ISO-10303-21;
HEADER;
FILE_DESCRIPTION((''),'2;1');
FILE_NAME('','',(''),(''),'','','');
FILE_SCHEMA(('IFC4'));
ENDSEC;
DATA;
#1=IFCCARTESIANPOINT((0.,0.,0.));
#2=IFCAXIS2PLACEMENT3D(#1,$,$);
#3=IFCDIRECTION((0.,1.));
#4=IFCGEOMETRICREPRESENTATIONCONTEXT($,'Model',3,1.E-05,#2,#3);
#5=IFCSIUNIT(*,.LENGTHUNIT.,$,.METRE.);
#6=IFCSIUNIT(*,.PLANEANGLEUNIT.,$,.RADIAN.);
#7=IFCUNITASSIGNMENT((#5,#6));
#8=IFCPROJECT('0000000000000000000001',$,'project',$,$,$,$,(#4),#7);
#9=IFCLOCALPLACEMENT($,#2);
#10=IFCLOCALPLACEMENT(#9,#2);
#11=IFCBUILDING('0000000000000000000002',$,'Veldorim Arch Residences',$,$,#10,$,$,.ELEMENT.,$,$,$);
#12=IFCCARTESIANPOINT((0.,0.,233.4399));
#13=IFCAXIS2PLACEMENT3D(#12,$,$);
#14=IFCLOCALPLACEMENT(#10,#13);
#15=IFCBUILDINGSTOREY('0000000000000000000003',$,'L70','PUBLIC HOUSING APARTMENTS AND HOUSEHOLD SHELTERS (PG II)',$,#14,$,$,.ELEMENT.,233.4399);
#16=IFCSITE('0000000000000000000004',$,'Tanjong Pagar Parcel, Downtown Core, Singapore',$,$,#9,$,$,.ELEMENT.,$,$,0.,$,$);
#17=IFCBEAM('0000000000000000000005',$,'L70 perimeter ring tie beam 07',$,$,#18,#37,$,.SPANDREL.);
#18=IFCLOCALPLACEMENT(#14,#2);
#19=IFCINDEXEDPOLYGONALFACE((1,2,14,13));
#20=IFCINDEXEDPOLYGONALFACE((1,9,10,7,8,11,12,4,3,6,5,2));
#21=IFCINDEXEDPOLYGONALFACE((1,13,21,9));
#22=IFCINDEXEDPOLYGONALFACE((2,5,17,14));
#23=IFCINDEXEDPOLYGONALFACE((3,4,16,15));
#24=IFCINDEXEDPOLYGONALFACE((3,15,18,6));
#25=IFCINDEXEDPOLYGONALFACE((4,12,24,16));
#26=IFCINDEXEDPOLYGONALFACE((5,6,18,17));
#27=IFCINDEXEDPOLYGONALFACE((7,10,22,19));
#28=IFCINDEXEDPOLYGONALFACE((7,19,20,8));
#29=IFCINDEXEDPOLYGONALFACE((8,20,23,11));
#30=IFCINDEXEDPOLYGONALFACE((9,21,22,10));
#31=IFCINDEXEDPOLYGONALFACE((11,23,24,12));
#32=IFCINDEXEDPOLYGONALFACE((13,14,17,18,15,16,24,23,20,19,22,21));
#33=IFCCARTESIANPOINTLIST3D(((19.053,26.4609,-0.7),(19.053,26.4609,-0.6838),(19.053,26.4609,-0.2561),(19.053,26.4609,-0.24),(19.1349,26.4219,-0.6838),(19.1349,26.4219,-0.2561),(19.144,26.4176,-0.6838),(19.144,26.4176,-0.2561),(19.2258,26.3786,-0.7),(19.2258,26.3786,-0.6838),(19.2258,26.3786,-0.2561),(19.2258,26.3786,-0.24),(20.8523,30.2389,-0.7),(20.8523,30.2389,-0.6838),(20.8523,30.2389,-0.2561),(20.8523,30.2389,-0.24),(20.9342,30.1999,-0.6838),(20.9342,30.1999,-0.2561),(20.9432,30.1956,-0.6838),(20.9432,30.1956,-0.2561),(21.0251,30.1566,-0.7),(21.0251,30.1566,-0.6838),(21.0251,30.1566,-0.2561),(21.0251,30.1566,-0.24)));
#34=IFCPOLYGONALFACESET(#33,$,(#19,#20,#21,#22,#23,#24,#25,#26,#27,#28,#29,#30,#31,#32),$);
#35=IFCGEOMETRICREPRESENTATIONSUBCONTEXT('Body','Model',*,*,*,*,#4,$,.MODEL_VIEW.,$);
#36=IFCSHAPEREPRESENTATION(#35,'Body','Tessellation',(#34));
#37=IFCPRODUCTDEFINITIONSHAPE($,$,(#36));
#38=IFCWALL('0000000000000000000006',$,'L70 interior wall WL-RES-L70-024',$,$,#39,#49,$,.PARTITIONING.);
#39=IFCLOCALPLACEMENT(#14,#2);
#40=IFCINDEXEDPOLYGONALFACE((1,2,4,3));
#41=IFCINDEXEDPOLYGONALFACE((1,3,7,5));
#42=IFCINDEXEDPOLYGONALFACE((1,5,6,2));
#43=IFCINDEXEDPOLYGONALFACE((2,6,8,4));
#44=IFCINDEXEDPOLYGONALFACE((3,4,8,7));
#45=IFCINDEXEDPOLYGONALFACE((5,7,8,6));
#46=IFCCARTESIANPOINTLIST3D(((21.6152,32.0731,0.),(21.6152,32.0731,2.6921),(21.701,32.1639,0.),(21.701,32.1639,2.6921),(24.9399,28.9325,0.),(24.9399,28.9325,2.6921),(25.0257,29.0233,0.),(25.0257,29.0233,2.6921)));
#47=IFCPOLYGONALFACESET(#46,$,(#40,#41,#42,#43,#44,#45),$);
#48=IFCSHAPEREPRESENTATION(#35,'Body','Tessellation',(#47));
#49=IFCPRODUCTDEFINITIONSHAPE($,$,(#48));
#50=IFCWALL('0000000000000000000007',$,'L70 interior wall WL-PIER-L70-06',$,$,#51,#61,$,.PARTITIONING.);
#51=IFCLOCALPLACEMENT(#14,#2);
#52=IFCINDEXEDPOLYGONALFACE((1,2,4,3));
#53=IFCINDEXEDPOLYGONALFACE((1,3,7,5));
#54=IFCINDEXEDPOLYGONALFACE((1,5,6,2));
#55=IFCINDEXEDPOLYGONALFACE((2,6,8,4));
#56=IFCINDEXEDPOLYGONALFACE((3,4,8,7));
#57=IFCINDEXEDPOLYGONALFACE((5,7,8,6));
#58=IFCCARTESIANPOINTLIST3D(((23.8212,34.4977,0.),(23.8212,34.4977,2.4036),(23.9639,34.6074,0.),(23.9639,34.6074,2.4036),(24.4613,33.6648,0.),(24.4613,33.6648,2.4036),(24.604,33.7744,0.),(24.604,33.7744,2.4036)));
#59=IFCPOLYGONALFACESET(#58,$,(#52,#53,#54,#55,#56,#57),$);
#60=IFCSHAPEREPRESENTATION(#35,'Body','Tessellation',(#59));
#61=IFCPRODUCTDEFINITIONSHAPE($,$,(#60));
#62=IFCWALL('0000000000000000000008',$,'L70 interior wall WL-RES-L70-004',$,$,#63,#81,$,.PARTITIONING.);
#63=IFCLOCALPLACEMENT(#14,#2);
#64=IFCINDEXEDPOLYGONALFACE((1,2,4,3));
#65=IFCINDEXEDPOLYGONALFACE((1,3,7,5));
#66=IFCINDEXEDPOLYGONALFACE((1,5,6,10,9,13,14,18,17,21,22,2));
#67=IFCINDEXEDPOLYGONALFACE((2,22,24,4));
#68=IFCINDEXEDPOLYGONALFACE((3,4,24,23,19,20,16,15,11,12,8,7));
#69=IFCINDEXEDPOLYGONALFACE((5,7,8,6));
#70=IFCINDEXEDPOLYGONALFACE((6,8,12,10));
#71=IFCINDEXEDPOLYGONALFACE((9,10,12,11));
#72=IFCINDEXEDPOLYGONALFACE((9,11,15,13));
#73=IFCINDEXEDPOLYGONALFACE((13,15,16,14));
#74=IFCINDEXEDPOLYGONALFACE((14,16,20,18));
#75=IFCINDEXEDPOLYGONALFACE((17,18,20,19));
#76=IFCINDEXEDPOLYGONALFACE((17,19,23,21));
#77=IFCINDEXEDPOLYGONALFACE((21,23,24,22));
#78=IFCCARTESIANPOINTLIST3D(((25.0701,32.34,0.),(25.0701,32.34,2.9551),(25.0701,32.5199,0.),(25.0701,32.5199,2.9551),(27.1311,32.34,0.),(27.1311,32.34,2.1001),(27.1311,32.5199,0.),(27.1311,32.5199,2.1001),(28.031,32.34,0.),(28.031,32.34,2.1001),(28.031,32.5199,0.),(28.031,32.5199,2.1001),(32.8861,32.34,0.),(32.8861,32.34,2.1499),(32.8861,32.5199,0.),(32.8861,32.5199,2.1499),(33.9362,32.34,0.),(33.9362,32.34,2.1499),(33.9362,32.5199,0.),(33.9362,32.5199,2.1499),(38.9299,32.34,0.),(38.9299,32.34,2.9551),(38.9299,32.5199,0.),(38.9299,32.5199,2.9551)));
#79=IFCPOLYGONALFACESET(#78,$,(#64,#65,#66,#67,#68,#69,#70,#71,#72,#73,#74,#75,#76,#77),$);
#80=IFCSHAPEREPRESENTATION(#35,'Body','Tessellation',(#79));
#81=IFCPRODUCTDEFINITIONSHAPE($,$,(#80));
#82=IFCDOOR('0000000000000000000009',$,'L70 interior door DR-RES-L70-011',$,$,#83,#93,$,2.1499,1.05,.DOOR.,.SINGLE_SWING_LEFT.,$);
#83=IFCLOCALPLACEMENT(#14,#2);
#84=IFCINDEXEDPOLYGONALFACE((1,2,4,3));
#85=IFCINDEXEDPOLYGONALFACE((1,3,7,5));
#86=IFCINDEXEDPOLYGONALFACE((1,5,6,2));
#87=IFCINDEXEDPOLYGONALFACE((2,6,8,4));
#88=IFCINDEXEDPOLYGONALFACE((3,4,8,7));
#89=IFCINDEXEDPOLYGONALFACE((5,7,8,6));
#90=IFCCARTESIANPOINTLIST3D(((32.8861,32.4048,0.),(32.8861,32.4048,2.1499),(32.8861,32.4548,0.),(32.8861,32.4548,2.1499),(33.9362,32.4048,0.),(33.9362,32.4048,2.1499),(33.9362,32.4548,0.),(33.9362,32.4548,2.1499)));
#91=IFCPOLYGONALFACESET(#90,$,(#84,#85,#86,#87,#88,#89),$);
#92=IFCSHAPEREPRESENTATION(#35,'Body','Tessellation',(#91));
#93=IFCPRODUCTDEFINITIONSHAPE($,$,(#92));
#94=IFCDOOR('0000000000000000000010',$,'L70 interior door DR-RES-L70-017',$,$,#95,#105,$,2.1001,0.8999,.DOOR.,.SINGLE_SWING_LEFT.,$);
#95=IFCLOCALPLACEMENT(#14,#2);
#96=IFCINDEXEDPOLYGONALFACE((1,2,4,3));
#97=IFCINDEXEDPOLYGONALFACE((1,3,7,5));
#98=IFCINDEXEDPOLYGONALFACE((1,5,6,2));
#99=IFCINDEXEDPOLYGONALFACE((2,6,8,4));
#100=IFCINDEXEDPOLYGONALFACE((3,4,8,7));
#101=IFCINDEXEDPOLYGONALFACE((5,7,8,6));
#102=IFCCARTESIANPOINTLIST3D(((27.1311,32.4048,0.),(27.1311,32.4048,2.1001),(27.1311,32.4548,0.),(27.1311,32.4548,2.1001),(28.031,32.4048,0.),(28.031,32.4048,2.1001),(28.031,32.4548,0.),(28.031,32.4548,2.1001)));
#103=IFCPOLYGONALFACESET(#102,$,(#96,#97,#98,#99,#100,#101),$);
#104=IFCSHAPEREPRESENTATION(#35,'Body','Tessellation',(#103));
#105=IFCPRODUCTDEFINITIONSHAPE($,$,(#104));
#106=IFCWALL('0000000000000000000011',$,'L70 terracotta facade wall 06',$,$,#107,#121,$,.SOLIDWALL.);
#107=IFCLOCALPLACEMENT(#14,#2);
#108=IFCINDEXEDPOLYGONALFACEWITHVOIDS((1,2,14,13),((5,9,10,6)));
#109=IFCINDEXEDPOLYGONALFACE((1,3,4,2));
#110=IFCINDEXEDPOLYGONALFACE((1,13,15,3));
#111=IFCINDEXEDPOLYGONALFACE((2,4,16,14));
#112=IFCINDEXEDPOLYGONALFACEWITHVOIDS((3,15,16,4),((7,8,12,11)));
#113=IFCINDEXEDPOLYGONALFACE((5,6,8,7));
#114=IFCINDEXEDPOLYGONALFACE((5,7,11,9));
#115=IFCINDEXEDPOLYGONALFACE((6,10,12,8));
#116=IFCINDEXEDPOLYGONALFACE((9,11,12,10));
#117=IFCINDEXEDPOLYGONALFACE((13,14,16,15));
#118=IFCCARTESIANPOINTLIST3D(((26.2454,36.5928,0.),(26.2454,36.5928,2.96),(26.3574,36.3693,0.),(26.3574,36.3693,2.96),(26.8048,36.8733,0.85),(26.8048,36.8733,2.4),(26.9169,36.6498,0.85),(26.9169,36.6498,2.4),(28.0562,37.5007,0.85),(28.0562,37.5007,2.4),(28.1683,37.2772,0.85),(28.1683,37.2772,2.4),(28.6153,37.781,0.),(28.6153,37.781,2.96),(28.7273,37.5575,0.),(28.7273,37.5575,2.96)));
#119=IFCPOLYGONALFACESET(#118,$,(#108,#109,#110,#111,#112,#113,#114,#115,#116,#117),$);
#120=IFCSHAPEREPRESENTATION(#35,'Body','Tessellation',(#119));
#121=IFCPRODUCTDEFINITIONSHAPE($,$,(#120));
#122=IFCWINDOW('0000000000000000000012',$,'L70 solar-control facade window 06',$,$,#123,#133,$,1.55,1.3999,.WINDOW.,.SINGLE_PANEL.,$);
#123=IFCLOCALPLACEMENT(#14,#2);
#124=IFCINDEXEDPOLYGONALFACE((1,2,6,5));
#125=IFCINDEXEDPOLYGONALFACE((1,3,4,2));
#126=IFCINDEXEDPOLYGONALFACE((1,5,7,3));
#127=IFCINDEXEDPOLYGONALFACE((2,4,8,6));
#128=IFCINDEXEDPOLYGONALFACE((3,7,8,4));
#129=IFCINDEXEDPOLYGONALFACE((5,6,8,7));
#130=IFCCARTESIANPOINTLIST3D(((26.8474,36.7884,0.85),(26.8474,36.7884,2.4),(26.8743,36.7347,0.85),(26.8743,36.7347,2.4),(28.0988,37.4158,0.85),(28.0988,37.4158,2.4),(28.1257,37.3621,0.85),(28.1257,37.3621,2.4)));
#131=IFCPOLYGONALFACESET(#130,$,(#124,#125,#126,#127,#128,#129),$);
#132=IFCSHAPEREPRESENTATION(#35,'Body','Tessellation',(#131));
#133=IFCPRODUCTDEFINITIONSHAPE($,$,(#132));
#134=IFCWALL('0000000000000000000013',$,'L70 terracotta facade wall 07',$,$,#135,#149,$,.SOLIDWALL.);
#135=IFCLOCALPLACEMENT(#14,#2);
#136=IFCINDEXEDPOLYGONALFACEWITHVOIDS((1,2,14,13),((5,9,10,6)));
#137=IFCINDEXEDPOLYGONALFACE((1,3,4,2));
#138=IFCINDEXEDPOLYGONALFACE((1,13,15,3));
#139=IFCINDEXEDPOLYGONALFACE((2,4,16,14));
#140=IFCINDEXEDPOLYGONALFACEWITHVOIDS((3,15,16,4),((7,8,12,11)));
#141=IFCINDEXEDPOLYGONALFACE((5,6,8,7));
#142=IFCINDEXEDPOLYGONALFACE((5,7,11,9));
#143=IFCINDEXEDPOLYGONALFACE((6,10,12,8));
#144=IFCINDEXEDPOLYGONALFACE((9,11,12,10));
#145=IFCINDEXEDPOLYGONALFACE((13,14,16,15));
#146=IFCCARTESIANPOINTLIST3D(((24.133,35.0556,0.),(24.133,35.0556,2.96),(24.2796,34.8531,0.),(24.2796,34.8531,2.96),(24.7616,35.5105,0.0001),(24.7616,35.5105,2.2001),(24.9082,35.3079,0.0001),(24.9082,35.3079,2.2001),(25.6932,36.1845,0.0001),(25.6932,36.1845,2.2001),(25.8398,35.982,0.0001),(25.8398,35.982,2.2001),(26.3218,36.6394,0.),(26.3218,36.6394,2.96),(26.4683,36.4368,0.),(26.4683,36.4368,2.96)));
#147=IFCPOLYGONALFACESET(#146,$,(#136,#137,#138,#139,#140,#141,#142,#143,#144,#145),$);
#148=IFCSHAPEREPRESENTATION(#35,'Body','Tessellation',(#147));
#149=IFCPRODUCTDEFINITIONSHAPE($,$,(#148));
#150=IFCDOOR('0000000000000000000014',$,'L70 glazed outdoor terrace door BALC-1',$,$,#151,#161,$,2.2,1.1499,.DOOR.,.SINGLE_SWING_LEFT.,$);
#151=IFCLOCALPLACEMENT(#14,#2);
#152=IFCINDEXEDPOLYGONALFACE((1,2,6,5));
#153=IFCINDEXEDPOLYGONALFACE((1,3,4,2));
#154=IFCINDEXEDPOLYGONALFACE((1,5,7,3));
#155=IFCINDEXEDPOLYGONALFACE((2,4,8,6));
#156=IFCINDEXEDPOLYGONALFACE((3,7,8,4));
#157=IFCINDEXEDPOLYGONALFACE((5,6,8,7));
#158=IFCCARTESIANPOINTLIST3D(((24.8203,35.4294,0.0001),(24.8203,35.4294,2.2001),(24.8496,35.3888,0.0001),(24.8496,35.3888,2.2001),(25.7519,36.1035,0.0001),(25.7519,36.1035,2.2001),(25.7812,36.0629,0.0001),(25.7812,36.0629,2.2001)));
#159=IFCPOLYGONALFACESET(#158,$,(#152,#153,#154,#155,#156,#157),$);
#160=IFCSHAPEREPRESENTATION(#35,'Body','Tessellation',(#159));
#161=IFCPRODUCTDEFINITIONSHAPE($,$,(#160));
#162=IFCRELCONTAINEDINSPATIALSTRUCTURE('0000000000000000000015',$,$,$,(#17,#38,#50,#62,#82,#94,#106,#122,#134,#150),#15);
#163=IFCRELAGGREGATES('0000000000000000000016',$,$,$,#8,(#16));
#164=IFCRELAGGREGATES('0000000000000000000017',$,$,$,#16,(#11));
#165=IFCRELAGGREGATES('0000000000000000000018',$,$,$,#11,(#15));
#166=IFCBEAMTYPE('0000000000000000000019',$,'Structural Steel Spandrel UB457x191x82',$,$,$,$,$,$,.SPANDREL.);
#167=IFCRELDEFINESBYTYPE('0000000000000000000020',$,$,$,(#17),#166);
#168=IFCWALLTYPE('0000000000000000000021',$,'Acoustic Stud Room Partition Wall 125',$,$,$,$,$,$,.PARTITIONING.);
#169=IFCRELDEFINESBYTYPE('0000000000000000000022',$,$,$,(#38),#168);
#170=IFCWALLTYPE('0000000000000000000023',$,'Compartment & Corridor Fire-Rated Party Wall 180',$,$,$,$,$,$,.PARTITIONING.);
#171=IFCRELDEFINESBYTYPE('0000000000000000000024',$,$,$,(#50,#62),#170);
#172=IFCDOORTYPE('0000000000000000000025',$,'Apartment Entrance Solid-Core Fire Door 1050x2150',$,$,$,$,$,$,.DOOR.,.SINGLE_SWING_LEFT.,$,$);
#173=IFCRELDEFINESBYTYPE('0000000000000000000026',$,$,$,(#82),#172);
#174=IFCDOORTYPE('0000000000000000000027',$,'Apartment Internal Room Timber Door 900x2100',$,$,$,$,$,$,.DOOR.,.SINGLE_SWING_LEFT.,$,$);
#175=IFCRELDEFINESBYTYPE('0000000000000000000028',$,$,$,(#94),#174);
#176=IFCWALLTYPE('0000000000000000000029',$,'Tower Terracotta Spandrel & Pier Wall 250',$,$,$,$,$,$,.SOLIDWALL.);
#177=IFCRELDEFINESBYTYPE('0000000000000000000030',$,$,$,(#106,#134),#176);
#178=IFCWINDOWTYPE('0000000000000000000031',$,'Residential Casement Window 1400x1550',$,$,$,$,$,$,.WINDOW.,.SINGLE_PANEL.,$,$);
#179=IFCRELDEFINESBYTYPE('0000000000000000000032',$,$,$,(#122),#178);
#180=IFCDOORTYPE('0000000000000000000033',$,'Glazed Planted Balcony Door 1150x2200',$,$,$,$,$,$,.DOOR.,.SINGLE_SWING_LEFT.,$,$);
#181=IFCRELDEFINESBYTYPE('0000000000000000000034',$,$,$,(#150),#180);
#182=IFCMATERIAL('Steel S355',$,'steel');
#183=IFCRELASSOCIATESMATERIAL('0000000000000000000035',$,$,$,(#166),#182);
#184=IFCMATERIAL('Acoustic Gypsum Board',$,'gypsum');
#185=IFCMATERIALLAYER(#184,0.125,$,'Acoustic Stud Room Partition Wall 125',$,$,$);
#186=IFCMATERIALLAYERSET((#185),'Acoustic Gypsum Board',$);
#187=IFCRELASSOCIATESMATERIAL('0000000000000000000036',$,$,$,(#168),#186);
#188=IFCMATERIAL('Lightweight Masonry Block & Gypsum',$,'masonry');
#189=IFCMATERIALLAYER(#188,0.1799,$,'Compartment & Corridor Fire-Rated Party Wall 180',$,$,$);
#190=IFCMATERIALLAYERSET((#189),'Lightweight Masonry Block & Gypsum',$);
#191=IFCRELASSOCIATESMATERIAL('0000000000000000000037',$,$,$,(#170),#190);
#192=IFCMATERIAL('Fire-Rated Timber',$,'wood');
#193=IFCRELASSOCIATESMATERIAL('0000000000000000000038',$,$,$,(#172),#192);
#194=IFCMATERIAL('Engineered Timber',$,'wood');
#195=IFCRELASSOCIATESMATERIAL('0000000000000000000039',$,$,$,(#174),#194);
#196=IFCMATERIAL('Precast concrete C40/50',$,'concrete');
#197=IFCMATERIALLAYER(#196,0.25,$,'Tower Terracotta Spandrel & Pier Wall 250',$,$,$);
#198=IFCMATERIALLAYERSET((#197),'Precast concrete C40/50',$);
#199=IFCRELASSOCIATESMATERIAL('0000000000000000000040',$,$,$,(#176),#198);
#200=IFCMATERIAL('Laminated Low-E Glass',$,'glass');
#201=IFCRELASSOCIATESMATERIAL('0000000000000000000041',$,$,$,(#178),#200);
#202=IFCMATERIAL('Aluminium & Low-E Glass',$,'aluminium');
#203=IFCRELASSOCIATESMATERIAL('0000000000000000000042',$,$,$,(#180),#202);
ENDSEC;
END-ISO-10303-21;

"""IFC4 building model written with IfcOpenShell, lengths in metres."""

from ifc_helpers import new_model, si_unit, direction, frame, frame_2d, origin, origin_2d, place, context, subcontext, project, spatial, rectangle, i_section, extrude, material, layer, layer_set, material_profile, profile_set, type_object, element, fill, save


model = new_model("IFC4")

# Units and contexts
model_context = context("Model", 3, precision=1e-05, world=origin(), true_north=direction((0.0, 1.0)))
body_context = subcontext(model_context, "Body", "Model", "MODEL_VIEW")
ifc_project = project(units=[si_unit("LENGTHUNIT", "METRE"), si_unit("PLANEANGLEUNIT", "RADIAN")], contexts=[model_context])

# Site, building, storey
site_placement = place(None, origin())
site = spatial("IfcSite", under=ifc_project, at=site_placement, Name="Tanjong Pagar Parcel, Downtown Core, Singapore", CompositionType="ELEMENT", RefElevation=0.0)
building_placement = place(site_placement, origin())
building = spatial("IfcBuilding", under=site, at=building_placement, Name="Veldorim Arch Residences", CompositionType="ELEMENT")
storey_placement = place(building_placement, frame((0.0, 0.0, 233.4399)))
storey = spatial("IfcBuildingStorey", under=building, at=storey_placement, Name="L70", Description="PUBLIC HOUSING APARTMENTS AND HOUSEHOLD SHELTERS (PG II)", CompositionType="ELEMENT", Elevation=233.4399)

# Beam
ifc_material_1 = material(Name="Steel S355", Category="steel")
ifc_material_profile_1 = material_profile(ifc_material_1, i_section(OverallWidth=0.1914, OverallDepth=0.46, WebThickness=0.01, FlangeThickness=0.0161, at=origin_2d()), Name="UB457x191x82")
ifc_profile_set_1 = profile_set([ifc_material_profile_1], Name="Steel S355")
beam_type_1 = type_object("IfcBeamType", Name="Structural Steel Spandrel UB457x191x82", PredefinedType="SPANDREL", material=ifc_profile_set_1)
beam_1_placement = place(storey_placement, frame((20.9387, 30.1978, -0.47), z_axis=(-0.429979, -0.902839, 0.0), x_axis=(0.902839, -0.429979, 0.0)))
element("IfcBeam", 1, at=beam_1_placement, inside=storey, type_object=beam_type_1, Name="L70 perimeter ring tie beam 07", PredefinedType="SPANDREL", context=body_context, shape_type="SweptSolid", body=[
    extrude(i_section(OverallWidth=0.1914, OverallDepth=0.46, WebThickness=0.01, FlangeThickness=0.0161, at=origin_2d()), origin(), (0.0, 0.0, 1.0), 4.1846),
])

# Walls
ifc_material_2 = material(Name="Acoustic Gypsum Board", Category="gypsum")
ifc_layer_1 = layer(ifc_material_2, 0.125, Name="Acoustic Stud Room Partition Wall 125")
ifc_layer_set_1 = layer_set([ifc_layer_1], Name="Acoustic Gypsum Board")
wall_type_1 = type_object("IfcWallType", Name="Acoustic Stud Room Partition Wall 125", PredefinedType="PARTITIONING", material=ifc_layer_set_1)
wall_1_placement = place(storey_placement, frame((21.6582, 32.1184, 0.0), z_axis=(0.0, 0.0, 1.0), x_axis=(0.726945, -0.686696, 0.0)))
element("IfcWall", 2, at=wall_1_placement, inside=storey, type_object=wall_type_1, Name="L70 interior wall WL-RES-L70-024", PredefinedType="PARTITIONING", context=body_context, shape_type="SweptSolid", body=[
    extrude(rectangle(XDim=4.5735, YDim=0.125, at=frame_2d((2.2866, 0.0))), origin(), (0.0, 0.0, 1.0), 2.6921),
])
ifc_material_3 = material(Name="Lightweight Masonry Block & Gypsum", Category="masonry")
ifc_layer_2 = layer(ifc_material_3, 0.1799, Name="Compartment & Corridor Fire-Rated Party Wall 180")
ifc_layer_set_2 = layer_set([ifc_layer_2], Name="Lightweight Masonry Block & Gypsum")
wall_type_2 = type_object("IfcWallType", Name="Compartment & Corridor Fire-Rated Party Wall 180", PredefinedType="PARTITIONING", material=ifc_layer_set_2)
wall_2_placement = place(storey_placement, frame((24.5327, 33.7195, 0.0), z_axis=(0.0, 0.0, 1.0), x_axis=(-0.609329, 0.792918, 0.0)))
element("IfcWall", 3, at=wall_2_placement, inside=storey, type_object=wall_type_2, Name="L70 interior wall WL-PIER-L70-06", PredefinedType="PARTITIONING", context=body_context, shape_type="SweptSolid", body=[
    extrude(rectangle(XDim=1.0505, YDim=0.1799, at=frame_2d((0.5254, 0.0))), origin(), (0.0, 0.0, 1.0), 2.4036),
])

# Wall, openings, doors
wall_3_placement = place(storey_placement, frame((25.0701, 32.4299, 0.0), z_axis=(0.0, 0.0, 1.0), x_axis=(1.0, 0.0, 0.0)))
wall_3 = element("IfcWall", 4, at=wall_3_placement, inside=storey, type_object=wall_type_2, Name="L70 interior wall WL-RES-L70-004", PredefinedType="PARTITIONING", context=body_context, shape_type="SweptSolid", body=[
    extrude(rectangle(XDim=13.8599, YDim=0.1799, at=frame_2d((6.9299, 0.0))), origin(), (0.0, 0.0, 1.0), 2.9551),
])
opening_1_placement = place(wall_3_placement, frame((7.8162, 0.0, 0.0)))
opening_1 = element("IfcOpeningElement", 5, at=opening_1_placement, cuts=wall_3, PredefinedType="OPENING", context=body_context, shape_type="SweptSolid", body=[
    extrude(rectangle(XDim=1.05, YDim=2.1499, at=frame_2d((0.5249, 1.075))), frame((0.0, 0.0999, 0.0), z_axis=(0.0, -1.0, 0.0), x_axis=(1.0, 0.0, 0.0)), (0.0, 0.0, 1.0), 0.2),
])
opening_2_placement = place(wall_3_placement, frame((2.061, 0.0, 0.0)))
opening_2 = element("IfcOpeningElement", 6, at=opening_2_placement, cuts=wall_3, PredefinedType="OPENING", context=body_context, shape_type="SweptSolid", body=[
    extrude(rectangle(XDim=0.8999, YDim=2.1001, at=frame_2d((0.45, 1.05))), frame((0.0, 0.0999, 0.0), z_axis=(0.0, -1.0, 0.0), x_axis=(1.0, 0.0, 0.0)), (0.0, 0.0, 1.0), 0.2),
])
ifc_material_4 = material(Name="Fire-Rated Timber", Category="wood")
door_type_1 = type_object("IfcDoorType", Name="Apartment Entrance Solid-Core Fire Door 1050x2150", OperationType="SINGLE_SWING_LEFT", PredefinedType="DOOR", material=ifc_material_4)
door_1_placement = place(opening_1_placement, origin())
door_1 = element("IfcDoor", 7, at=door_1_placement, inside=storey, type_object=door_type_1, Name="L70 interior door DR-RES-L70-011", OperationType="SINGLE_SWING_LEFT", OverallHeight=2.1499, OverallWidth=1.05, PredefinedType="DOOR", context=body_context, shape_type="SweptSolid", body=[
    extrude(rectangle(XDim=1.05, YDim=2.1499, at=frame_2d((0.5249, 1.075))), frame((0.0, 0.0249, 0.0), z_axis=(0.0, -1.0, 0.0), x_axis=(1.0, 0.0, 0.0)), (0.0, 0.0, 1.0), 0.05),
])
fill(opening_1, door_1)
ifc_material_5 = material(Name="Engineered Timber", Category="wood")
door_type_2 = type_object("IfcDoorType", Name="Apartment Internal Room Timber Door 900x2100", OperationType="SINGLE_SWING_LEFT", PredefinedType="DOOR", material=ifc_material_5)
door_2_placement = place(opening_2_placement, origin())
door_2 = element("IfcDoor", 8, at=door_2_placement, inside=storey, type_object=door_type_2, Name="L70 interior door DR-RES-L70-017", OperationType="SINGLE_SWING_LEFT", OverallHeight=2.1001, OverallWidth=0.8999, PredefinedType="DOOR", context=body_context, shape_type="SweptSolid", body=[
    extrude(rectangle(XDim=0.8999, YDim=2.1001, at=frame_2d((0.45, 1.05))), frame((0.0, 0.0249, 0.0), z_axis=(0.0, -1.0, 0.0), x_axis=(1.0, 0.0, 0.0)), (0.0, 0.0, 1.0), 0.05),
])
fill(opening_2, door_2)

# Wall, opening, window
ifc_material_6 = material(Name="Precast concrete C40/50", Category="concrete")
ifc_layer_3 = layer(ifc_material_6, 0.25, Name="Tower Terracotta Spandrel & Pier Wall 250")
ifc_layer_set_3 = layer_set([ifc_layer_3], Name="Precast concrete C40/50")
wall_type_3 = type_object("IfcWallType", Name="Tower Terracotta Spandrel & Pier Wall 250", PredefinedType="SOLIDWALL", material=ifc_layer_set_3)
wall_4_placement = place(storey_placement, frame((26.3013, 36.481, 0.0), z_axis=(0.0, 0.0, 1.0), x_axis=(0.893929, 0.448208, 0.0)))
wall_4 = element("IfcWall", 9, at=wall_4_placement, inside=storey, type_object=wall_type_3, Name="L70 terracotta facade wall 06", PredefinedType="SOLIDWALL", context=body_context, shape_type="SweptSolid", body=[
    extrude(rectangle(XDim=2.6511, YDim=0.25, at=frame_2d((1.3257, 0.0))), origin(), (0.0, 0.0, 1.0), 2.96),
])
opening_3_placement = place(wall_4_placement, frame((0.626, 0.0, 0.8501)))
opening_3 = element("IfcOpeningElement", 10, at=opening_3_placement, cuts=wall_4, PredefinedType="OPENING", context=body_context, shape_type="SweptSolid", body=[
    extrude(rectangle(XDim=1.3999, YDim=1.55, at=frame_2d((0.7, 0.7749))), frame((0.0, 0.135, 0.0), z_axis=(0.0, -1.0, 0.0), x_axis=(1.0, 0.0, 0.0)), (0.0, 0.0, 1.0), 0.27),
])
ifc_material_7 = material(Name="Laminated Low-E Glass", Category="glass")
window_type_1 = type_object("IfcWindowType", Name="Residential Casement Window 1400x1550", PartitioningType="SINGLE_PANEL", PredefinedType="WINDOW", material=ifc_material_7)
window_1_placement = place(opening_3_placement, origin())
window_1 = element("IfcWindow", 11, at=window_1_placement, inside=storey, type_object=window_type_1, Name="L70 solar-control facade window 06", OverallHeight=1.55, OverallWidth=1.3999, PartitioningType="SINGLE_PANEL", PredefinedType="WINDOW", context=body_context, shape_type="SweptSolid", body=[
    extrude(rectangle(XDim=1.3999, YDim=1.55, at=frame_2d((0.7, 0.7749))), frame((0.0, 0.03, 0.0), z_axis=(0.0, -1.0, 0.0), x_axis=(1.0, 0.0, 0.0)), (0.0, 0.0, 1.0), 0.0601),
])
fill(opening_3, window_1)

# Wall, opening, door
wall_5_placement = place(storey_placement, frame((24.2063, 34.9543, 0.0), z_axis=(0.0, 0.0, 1.0), x_axis=(0.810152, 0.586219, 0.0)))
wall_5 = element("IfcWall", 12, at=wall_5_placement, inside=storey, type_object=wall_type_3, Name="L70 terracotta facade wall 07", PredefinedType="SOLIDWALL", context=body_context, shape_type="SweptSolid", body=[
    extrude(rectangle(XDim=2.7017, YDim=0.25, at=frame_2d((1.3508, 0.0))), origin(), (0.0, 0.0, 1.0), 2.96),
])
opening_4_placement = place(wall_5_placement, frame((0.7759, 0.0, 0.0)))
opening_4 = element("IfcOpeningElement", 13, at=opening_4_placement, cuts=wall_5, PredefinedType="OPENING", context=body_context, shape_type="SweptSolid", body=[
    extrude(rectangle(XDim=1.1499, YDim=2.2, at=frame_2d((0.575, 1.1001))), frame((0.0, 0.135, 0.0), z_axis=(0.0, -1.0, 0.0), x_axis=(1.0, 0.0, 0.0)), (0.0, 0.0, 1.0), 0.27),
])
ifc_material_8 = material(Name="Aluminium & Low-E Glass", Category="aluminium")
door_type_3 = type_object("IfcDoorType", Name="Glazed Planted Balcony Door 1150x2200", OperationType="SINGLE_SWING_LEFT", PredefinedType="DOOR", material=ifc_material_8)
door_3_placement = place(opening_4_placement, origin())
door_3 = element("IfcDoor", 14, at=door_3_placement, inside=storey, type_object=door_type_3, Name="L70 glazed outdoor terrace door BALC-1", OperationType="SINGLE_SWING_LEFT", OverallHeight=2.2, OverallWidth=1.1499, PredefinedType="DOOR", context=body_context, shape_type="SweptSolid", body=[
    extrude(rectangle(XDim=1.1499, YDim=2.2, at=frame_2d((0.575, 1.1001))), frame((0.0, 0.0249, 0.0), z_axis=(0.0, -1.0, 0.0), x_axis=(1.0, 0.0, 0.0)), (0.0, 0.0, 1.0), 0.05),
])
fill(opening_4, door_3)

save(model, "model.ifc")
